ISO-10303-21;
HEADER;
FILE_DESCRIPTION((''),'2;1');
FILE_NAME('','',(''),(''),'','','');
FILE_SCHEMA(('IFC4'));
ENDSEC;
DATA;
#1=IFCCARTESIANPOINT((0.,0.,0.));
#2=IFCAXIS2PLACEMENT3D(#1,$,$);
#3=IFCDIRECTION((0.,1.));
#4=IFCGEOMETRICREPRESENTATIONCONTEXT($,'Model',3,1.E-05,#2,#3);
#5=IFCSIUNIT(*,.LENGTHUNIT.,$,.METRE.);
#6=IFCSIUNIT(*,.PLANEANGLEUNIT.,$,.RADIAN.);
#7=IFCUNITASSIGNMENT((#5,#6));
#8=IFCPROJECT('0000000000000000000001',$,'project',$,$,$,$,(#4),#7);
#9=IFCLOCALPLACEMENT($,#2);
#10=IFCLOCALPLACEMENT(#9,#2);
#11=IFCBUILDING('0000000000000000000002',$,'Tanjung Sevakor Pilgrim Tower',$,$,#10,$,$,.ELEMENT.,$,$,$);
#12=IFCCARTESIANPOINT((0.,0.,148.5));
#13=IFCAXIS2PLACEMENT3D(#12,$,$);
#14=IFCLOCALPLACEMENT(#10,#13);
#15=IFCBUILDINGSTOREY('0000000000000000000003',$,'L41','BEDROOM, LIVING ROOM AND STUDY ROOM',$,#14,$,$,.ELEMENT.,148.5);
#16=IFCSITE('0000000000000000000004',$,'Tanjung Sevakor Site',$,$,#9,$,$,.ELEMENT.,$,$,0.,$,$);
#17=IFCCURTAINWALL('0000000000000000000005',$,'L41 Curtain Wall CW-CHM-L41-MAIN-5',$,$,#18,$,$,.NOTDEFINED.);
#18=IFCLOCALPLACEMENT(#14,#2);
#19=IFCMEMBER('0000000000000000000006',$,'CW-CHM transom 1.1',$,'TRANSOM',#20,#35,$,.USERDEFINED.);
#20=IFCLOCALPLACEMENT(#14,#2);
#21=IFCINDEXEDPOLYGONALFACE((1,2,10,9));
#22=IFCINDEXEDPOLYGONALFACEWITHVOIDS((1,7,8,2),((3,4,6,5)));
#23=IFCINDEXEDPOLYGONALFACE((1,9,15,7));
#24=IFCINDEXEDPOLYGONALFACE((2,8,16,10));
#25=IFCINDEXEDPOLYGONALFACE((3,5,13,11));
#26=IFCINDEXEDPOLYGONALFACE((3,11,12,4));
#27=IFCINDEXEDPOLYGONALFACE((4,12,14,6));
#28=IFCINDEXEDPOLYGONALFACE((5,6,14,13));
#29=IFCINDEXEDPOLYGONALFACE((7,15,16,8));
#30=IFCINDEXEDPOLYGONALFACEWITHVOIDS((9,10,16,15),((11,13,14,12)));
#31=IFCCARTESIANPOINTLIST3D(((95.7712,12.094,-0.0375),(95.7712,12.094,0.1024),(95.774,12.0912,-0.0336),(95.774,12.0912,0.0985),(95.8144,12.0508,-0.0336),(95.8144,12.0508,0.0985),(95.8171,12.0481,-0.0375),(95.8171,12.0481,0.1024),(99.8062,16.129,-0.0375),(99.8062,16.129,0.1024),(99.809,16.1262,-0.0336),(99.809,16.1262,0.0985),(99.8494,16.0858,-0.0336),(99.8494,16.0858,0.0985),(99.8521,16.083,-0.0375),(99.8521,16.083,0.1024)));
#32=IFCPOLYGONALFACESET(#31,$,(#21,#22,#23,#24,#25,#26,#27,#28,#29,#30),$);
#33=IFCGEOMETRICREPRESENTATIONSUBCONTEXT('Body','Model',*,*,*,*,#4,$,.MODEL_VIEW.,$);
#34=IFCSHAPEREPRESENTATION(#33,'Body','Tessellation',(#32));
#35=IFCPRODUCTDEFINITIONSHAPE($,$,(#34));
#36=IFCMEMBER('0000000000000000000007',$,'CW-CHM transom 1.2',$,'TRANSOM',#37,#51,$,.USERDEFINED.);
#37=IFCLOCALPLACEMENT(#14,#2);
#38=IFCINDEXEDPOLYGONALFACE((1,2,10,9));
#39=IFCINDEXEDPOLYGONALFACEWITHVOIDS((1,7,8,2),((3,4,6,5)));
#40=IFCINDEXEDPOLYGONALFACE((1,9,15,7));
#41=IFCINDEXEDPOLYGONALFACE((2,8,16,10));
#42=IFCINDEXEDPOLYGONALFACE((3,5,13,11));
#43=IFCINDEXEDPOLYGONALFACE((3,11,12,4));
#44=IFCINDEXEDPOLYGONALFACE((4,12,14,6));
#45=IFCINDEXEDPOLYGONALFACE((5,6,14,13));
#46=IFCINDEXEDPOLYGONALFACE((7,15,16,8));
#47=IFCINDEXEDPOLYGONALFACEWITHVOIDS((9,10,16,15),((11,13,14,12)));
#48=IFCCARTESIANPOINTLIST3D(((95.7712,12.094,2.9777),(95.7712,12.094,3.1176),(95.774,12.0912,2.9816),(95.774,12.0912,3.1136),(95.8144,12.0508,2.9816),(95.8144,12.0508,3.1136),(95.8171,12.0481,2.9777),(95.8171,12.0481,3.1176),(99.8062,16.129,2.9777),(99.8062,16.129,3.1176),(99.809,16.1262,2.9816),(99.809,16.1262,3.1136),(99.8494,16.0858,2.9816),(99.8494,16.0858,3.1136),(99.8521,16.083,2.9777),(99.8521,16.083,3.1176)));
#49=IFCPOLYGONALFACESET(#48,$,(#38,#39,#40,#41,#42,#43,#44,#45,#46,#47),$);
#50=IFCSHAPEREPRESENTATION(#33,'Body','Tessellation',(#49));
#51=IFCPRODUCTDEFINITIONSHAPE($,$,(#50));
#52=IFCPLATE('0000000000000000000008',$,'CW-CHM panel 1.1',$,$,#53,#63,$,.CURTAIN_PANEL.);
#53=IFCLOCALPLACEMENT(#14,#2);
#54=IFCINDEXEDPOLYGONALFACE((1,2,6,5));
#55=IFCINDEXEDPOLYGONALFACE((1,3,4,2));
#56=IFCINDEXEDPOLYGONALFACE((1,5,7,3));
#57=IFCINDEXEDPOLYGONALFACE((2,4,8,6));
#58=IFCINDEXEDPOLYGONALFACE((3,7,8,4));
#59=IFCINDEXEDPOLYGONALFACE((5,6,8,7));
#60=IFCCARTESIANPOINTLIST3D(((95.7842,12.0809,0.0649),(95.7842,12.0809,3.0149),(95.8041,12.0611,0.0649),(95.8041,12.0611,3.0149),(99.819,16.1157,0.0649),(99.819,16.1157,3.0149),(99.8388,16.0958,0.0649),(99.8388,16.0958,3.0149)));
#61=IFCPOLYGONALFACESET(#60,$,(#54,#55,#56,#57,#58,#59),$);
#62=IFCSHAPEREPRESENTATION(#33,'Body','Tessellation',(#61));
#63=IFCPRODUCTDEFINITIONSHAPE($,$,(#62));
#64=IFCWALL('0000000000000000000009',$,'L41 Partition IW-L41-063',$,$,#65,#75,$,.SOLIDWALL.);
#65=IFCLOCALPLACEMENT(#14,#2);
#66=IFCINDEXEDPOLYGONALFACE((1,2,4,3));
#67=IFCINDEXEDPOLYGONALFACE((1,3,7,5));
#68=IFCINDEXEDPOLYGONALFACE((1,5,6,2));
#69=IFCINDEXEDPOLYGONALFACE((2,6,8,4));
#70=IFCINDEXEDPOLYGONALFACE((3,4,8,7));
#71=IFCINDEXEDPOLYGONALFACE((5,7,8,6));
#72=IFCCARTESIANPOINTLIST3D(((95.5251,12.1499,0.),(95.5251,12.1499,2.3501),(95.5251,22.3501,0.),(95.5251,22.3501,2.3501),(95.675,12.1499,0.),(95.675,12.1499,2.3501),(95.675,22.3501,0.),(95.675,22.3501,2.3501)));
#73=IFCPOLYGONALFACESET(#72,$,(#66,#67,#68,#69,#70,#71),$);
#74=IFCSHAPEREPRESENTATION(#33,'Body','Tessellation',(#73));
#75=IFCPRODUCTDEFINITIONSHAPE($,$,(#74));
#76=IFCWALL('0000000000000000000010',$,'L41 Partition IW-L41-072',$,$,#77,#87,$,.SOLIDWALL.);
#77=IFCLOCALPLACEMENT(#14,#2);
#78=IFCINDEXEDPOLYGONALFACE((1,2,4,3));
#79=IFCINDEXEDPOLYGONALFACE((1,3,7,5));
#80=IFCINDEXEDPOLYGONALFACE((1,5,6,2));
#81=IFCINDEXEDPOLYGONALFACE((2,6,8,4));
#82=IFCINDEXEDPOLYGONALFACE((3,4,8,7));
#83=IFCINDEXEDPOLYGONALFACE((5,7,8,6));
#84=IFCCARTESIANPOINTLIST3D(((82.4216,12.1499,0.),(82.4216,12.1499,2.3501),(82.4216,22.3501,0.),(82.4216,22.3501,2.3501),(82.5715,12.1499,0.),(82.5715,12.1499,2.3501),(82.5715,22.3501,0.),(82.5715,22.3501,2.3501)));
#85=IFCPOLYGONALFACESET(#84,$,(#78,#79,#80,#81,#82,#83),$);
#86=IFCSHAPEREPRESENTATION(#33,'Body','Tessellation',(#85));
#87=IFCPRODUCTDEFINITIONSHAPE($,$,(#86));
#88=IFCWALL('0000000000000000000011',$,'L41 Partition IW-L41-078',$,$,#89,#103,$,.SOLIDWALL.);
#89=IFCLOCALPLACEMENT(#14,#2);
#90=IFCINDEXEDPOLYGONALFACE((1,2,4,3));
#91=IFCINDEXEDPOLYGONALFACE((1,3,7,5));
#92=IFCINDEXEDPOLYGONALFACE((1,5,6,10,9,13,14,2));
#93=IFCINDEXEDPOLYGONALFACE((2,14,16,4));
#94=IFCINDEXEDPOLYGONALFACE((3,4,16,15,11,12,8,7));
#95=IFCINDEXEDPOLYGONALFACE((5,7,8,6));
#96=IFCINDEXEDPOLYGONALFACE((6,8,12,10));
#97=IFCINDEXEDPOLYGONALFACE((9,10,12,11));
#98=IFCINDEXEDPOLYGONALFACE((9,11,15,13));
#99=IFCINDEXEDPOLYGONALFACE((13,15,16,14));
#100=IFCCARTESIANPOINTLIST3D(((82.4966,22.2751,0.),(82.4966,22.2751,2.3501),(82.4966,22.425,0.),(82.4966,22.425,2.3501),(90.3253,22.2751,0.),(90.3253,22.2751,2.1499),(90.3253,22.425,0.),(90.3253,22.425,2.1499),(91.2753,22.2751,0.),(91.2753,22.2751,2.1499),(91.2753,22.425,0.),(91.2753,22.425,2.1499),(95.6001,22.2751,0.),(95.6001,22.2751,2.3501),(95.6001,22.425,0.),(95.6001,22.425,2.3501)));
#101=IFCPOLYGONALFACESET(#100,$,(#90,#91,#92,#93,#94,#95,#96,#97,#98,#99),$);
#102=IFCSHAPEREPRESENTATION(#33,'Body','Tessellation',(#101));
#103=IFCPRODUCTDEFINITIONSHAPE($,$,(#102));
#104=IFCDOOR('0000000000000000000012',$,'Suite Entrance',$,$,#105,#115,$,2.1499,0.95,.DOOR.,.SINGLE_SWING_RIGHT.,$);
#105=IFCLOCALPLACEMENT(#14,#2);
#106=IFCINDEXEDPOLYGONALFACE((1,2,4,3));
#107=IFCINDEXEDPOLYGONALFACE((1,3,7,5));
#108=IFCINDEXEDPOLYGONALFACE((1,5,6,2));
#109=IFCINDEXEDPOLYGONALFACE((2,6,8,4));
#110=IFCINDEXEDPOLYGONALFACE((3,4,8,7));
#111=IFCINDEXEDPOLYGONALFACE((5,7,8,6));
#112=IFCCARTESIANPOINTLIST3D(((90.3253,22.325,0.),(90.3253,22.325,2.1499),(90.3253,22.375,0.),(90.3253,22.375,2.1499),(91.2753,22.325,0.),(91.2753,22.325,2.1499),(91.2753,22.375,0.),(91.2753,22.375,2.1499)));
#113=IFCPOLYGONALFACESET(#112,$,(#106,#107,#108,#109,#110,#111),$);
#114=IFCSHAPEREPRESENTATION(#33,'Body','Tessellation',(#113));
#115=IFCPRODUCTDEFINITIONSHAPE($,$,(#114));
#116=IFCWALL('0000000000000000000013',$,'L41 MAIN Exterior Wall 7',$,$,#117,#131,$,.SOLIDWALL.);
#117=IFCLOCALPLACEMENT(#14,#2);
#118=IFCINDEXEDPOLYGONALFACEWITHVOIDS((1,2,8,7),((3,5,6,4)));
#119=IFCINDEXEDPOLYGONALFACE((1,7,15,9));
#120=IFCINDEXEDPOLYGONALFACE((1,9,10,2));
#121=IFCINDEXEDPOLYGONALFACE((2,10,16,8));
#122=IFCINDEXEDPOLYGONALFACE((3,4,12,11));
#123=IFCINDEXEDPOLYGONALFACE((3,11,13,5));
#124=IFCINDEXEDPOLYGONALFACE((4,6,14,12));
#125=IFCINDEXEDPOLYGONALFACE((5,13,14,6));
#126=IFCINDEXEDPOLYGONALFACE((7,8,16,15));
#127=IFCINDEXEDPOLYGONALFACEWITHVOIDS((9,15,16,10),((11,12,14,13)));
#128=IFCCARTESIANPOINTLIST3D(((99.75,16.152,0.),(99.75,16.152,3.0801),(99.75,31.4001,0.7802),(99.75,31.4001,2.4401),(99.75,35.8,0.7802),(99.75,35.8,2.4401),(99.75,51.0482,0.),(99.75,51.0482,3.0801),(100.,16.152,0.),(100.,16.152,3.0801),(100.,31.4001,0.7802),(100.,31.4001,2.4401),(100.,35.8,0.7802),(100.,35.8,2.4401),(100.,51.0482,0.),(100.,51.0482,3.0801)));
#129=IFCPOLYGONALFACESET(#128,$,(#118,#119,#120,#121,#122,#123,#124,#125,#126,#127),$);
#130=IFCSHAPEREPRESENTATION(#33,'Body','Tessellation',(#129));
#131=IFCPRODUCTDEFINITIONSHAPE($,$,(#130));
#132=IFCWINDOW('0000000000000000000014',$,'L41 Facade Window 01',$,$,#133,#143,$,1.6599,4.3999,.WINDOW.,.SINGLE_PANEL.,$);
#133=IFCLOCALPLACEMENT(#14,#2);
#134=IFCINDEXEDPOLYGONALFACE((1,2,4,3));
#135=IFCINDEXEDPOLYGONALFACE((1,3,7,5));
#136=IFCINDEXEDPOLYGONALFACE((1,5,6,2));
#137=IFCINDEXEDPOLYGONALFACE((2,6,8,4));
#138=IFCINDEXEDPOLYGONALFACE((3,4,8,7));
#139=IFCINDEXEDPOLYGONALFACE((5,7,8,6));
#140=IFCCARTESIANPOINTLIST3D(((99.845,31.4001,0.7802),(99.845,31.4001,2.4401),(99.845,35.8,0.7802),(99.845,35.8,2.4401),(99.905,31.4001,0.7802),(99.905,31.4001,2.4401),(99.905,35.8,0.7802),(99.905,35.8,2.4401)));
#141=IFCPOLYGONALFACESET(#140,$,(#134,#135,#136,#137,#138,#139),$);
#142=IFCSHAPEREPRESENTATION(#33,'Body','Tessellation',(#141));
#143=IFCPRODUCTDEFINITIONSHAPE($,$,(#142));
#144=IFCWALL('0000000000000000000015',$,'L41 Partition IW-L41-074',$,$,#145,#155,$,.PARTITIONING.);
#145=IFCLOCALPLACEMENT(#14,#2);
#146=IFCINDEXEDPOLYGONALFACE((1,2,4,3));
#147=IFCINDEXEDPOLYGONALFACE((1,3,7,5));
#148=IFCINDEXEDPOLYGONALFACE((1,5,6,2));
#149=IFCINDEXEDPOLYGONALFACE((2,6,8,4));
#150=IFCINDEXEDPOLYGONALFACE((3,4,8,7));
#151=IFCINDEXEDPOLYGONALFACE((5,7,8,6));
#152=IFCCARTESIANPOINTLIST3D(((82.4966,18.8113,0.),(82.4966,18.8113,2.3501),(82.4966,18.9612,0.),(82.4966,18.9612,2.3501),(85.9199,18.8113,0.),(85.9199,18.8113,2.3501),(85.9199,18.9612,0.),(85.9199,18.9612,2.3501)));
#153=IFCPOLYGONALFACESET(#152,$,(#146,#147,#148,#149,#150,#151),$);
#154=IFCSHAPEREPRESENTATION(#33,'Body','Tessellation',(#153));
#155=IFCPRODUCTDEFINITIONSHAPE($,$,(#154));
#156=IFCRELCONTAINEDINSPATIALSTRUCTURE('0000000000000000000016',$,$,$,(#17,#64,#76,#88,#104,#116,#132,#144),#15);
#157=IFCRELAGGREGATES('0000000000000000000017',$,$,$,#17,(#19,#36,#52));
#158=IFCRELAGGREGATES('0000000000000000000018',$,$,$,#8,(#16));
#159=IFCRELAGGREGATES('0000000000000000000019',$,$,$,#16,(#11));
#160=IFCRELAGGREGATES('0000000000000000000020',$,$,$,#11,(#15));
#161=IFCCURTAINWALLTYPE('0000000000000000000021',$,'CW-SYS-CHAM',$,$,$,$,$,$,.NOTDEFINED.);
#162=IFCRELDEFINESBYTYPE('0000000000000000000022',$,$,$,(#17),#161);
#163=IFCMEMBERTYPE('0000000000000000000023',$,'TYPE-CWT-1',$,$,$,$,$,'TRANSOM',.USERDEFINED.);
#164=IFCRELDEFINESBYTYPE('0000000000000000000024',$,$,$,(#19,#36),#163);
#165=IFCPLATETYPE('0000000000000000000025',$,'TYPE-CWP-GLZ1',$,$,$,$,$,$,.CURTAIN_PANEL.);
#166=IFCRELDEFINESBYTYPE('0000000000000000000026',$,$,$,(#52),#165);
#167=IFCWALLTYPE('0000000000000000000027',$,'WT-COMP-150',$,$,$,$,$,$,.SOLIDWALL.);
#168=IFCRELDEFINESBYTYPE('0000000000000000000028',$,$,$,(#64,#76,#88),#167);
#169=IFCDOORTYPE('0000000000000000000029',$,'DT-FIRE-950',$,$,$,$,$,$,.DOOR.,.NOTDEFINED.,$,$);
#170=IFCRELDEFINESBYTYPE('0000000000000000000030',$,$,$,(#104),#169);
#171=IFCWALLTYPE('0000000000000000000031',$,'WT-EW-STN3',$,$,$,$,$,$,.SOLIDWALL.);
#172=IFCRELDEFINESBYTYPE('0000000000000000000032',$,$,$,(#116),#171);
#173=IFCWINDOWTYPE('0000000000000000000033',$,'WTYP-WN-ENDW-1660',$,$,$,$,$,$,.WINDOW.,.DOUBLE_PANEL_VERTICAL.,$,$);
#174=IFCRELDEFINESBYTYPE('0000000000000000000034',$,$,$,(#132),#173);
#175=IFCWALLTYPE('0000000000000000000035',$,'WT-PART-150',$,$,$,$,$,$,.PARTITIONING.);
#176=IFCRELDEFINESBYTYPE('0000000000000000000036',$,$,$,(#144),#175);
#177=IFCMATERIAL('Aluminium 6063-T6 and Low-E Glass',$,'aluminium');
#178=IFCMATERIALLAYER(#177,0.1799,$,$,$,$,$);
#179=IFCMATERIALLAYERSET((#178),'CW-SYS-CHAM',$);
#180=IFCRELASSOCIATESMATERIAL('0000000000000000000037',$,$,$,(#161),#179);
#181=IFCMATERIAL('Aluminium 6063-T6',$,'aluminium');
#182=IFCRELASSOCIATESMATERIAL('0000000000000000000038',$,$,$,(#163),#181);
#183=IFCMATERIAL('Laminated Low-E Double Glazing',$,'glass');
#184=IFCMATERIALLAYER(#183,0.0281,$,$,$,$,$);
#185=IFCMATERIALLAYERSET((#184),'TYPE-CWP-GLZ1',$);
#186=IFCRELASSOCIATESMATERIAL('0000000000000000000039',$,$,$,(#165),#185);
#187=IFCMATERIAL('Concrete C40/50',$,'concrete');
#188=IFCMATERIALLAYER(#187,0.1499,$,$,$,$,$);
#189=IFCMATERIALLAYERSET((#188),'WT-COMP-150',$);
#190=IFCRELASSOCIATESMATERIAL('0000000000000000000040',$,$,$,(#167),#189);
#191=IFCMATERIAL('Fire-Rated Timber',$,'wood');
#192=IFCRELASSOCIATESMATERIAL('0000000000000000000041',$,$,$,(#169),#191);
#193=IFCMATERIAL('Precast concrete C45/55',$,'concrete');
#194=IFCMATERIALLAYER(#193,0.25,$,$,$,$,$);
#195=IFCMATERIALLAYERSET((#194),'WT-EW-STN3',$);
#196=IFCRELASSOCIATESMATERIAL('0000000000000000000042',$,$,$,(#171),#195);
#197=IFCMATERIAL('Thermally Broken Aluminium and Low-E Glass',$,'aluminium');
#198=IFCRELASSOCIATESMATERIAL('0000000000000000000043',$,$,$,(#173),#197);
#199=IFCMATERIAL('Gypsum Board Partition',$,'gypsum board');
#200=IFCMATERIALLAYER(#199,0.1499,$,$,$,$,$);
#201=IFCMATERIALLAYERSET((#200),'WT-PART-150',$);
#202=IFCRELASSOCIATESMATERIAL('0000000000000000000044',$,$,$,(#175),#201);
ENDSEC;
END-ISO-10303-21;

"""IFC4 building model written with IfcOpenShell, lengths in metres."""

from ifc_helpers import new_model, si_unit, direction, frame, frame_2d, origin, origin_2d, place, context, subcontext, project, spatial, rectangle, hollow_rectangle, extrude, material, layer, layer_set, material_profile, profile_set, type_object, element, fill, aggregate, save


model = new_model("IFC4")

# Units and contexts
model_context = context("Model", 3, precision=1e-05, world=origin(), true_north=direction((0.0, 1.0)))
body_context = subcontext(model_context, "Body", "Model", "MODEL_VIEW")
ifc_project = project(units=[si_unit("LENGTHUNIT", "METRE"), si_unit("PLANEANGLEUNIT", "RADIAN")], contexts=[model_context])

# Site, building, storey
site_placement = place(None, origin())
site = spatial("IfcSite", under=ifc_project, at=site_placement, Name="Tanjung Sevakor Site", CompositionType="ELEMENT", RefElevation=0.0)
building_placement = place(site_placement, origin())
building = spatial("IfcBuilding", under=site, at=building_placement, Name="Tanjung Sevakor Pilgrim Tower", CompositionType="ELEMENT")
storey_placement = place(building_placement, frame((0.0, 0.0, 148.5)))
storey = spatial("IfcBuildingStorey", under=building, at=storey_placement, Name="L41", Description="BEDROOM, LIVING ROOM AND STUDY ROOM", CompositionType="ELEMENT", Elevation=148.5)

# Curtain wall, members, plate
ifc_material_1 = material(Name="Aluminium 6063-T6 and Low-E Glass", Category="aluminium")
ifc_layer_1 = layer(ifc_material_1, 0.1799)
ifc_layer_set_1 = layer_set([ifc_layer_1], Name="CW-SYS-CHAM")
curtain_wall_type = type_object("IfcCurtainWallType", Name="CW-SYS-CHAM", PredefinedType="NOTDEFINED", material=ifc_layer_set_1)
curtain_wall_placement = place(storey_placement, origin())
curtain_wall = element("IfcCurtainWall", 1, at=curtain_wall_placement, inside=storey, type_object=curtain_wall_type, Name="L41 Curtain Wall CW-CHM-L41-MAIN-5", PredefinedType="NOTDEFINED")
ifc_material_2 = material(Name="Aluminium 6063-T6", Category="aluminium")
ifc_material_profile_1 = material_profile(ifc_material_2, hollow_rectangle(XDim=0.0649, YDim=0.1399, WallThickness=0.0039, at=origin_2d()))
ifc_profile_set_1 = profile_set([ifc_material_profile_1], Name="Aluminium 6063-T6")
member_type_1 = type_object("IfcMemberType", Name="TYPE-CWT-1", ElementType="TRANSOM", PredefinedType="USERDEFINED", material=ifc_profile_set_1)
member_1_placement = place(storey_placement, frame((95.7942, 12.071, 0.0325), z_axis=(0.707107, 0.707107, 0.0), x_axis=(-0.707107, 0.707107, 0.0)))
member_1 = element("IfcMember", 2, at=member_1_placement, type_object=member_type_1, Name="CW-CHM transom 1.1", ObjectType="TRANSOM", PredefinedType="USERDEFINED", context=body_context, shape_type="SweptSolid", body=[
    extrude(hollow_rectangle(XDim=0.0649, YDim=0.1399, WallThickness=0.0039, at=origin_2d()), origin(), (0.0, 0.0, 1.0), 5.7063),
])
member_2_placement = place(storey_placement, frame((95.7942, 12.071, 3.0476), z_axis=(0.707107, 0.707107, 0.0), x_axis=(-0.707107, 0.707107, 0.0)))
member_2 = element("IfcMember", 3, at=member_2_placement, type_object=member_type_1, Name="CW-CHM transom 1.2", ObjectType="TRANSOM", PredefinedType="USERDEFINED", context=body_context, shape_type="SweptSolid", body=[
    extrude(hollow_rectangle(XDim=0.0649, YDim=0.1399, WallThickness=0.0039, at=origin_2d()), origin(), (0.0, 0.0, 1.0), 5.7063),
])
ifc_material_3 = material(Name="Laminated Low-E Double Glazing", Category="glass")
ifc_layer_2 = layer(ifc_material_3, 0.0281)
ifc_layer_set_2 = layer_set([ifc_layer_2], Name="TYPE-CWP-GLZ1")
plate_type = type_object("IfcPlateType", Name="TYPE-CWP-GLZ1", PredefinedType="CURTAIN_PANEL", material=ifc_layer_set_2)
plate_placement = place(storey_placement, frame((97.8115, 14.0884, 0.0649), z_axis=(0.0, 0.0, 1.0), x_axis=(0.707107, 0.707107, 0.0)))
plate = element("IfcPlate", 4, at=plate_placement, type_object=plate_type, Name="CW-CHM panel 1.1", PredefinedType="CURTAIN_PANEL", context=body_context, shape_type="SweptSolid", body=[
    extrude(rectangle(XDim=5.7061, YDim=0.0281, at=origin_2d()), origin(), (0.0, 0.0, 1.0), 2.95),
])
aggregate(curtain_wall, [member_1, member_2, plate])

# Walls
ifc_material_4 = material(Name="Concrete C40/50", Category="concrete")
ifc_layer_3 = layer(ifc_material_4, 0.1499)
ifc_layer_set_3 = layer_set([ifc_layer_3], Name="WT-COMP-150")
wall_type_1 = type_object("IfcWallType", Name="WT-COMP-150", PredefinedType="SOLIDWALL", material=ifc_layer_set_3)
for number, where, z_axis, x_axis, name in (
    (5, (95.6001, 12.1499, 0.0), (0.0, 0.0, 1.0), (0.0, 1.0, 0.0), "L41 Partition IW-L41-063"),
    (6, (82.4966, 12.1499, 0.0), (0.0, 0.0, 1.0), (0.0, 1.0, 0.0), "L41 Partition IW-L41-072"),
):
    element("IfcWall", number, at=place(storey_placement, frame(where, z_axis=z_axis, x_axis=x_axis)), inside=storey, type_object=wall_type_1, Name=name, PredefinedType="SOLIDWALL", context=body_context, shape_type="SweptSolid", body=[
        extrude(rectangle(XDim=10.2002, YDim=0.1499, at=frame_2d((5.1001, 0.0))), origin(), (0.0, 0.0, 1.0), 2.3501),
    ])

# Wall, opening, door
wall_1_placement = place(storey_placement, frame((82.4966, 22.3501, 0.0), z_axis=(0.0, 0.0, 1.0), x_axis=(1.0, 0.0, 0.0)))
wall_1 = element("IfcWall", 7, at=wall_1_placement, inside=storey, type_object=wall_type_1, Name="L41 Partition IW-L41-078", PredefinedType="SOLIDWALL", context=body_context, shape_type="SweptSolid", body=[
    extrude(rectangle(XDim=13.1035, YDim=0.1499, at=frame_2d((6.5518, 0.0))), origin(), (0.0, 0.0, 1.0), 2.3501),
])
opening_1_placement = place(wall_1_placement, frame((7.8286, 0.0, 0.0)))
opening_1 = element("IfcOpeningElement", 8, at=opening_1_placement, cuts=wall_1, PredefinedType="OPENING", context=body_context, shape_type="SweptSolid", body=[
    extrude(rectangle(XDim=0.95, YDim=2.1499, at=frame_2d((0.4751, 1.075))), frame((0.0, 0.085, 0.0), z_axis=(0.0, -1.0, 0.0), x_axis=(1.0, 0.0, 0.0)), (0.0, 0.0, 1.0), 0.1699),
])
ifc_material_5 = material(Name="Fire-Rated Timber", Category="wood")
door_type_1 = type_object("IfcDoorType", Name="DT-FIRE-950", OperationType="NOTDEFINED", PredefinedType="DOOR", material=ifc_material_5)
door_1_placement = place(opening_1_placement, origin())
door_1 = element("IfcDoor", 9, at=door_1_placement, inside=storey, type_object=door_type_1, Name="Suite Entrance", OperationType="SINGLE_SWING_RIGHT", OverallHeight=2.1499, OverallWidth=0.95, PredefinedType="DOOR", context=body_context, shape_type="SweptSolid", body=[
    extrude(rectangle(XDim=0.95, YDim=2.1499, at=frame_2d((0.4751, 1.075))), frame((0.0, 0.0249, 0.0), z_axis=(0.0, -1.0, 0.0), x_axis=(1.0, 0.0, 0.0)), (0.0, 0.0, 1.0), 0.05),
])
fill(opening_1, door_1)

# Wall, opening, window
ifc_material_6 = material(Name="Precast concrete C45/55", Category="concrete")
ifc_layer_4 = layer(ifc_material_6, 0.25)
ifc_layer_set_4 = layer_set([ifc_layer_4], Name="WT-EW-STN3")
wall_type_2 = type_object("IfcWallType", Name="WT-EW-STN3", PredefinedType="SOLIDWALL", material=ifc_layer_set_4)
wall_2_placement = place(storey_placement, frame((99.875, 16.1519, 0.0), z_axis=(0.0, 0.0, 1.0), x_axis=(0.0, 1.0, 0.0)))
wall_2 = element("IfcWall", 10, at=wall_2_placement, inside=storey, type_object=wall_type_2, Name="L41 MAIN Exterior Wall 7", PredefinedType="SOLIDWALL", context=body_context, shape_type="SweptSolid", body=[
    extrude(rectangle(XDim=34.8962, YDim=0.25, at=frame_2d((17.4482, 0.0))), origin(), (0.0, 0.0, 1.0), 3.0801),
])
opening_2_placement = place(wall_2_placement, frame((15.2483, 0.0, 0.78)))
opening_2 = element("IfcOpeningElement", 11, at=opening_2_placement, cuts=wall_2, PredefinedType="OPENING", context=body_context, shape_type="SweptSolid", body=[
    extrude(rectangle(XDim=4.3999, YDim=1.6599, at=frame_2d((2.2, 0.8301))), frame((0.0, 0.135, 0.0), z_axis=(0.0, -1.0, 0.0), x_axis=(1.0, 0.0, 0.0)), (0.0, 0.0, 1.0), 0.27),
])
ifc_material_7 = material(Name="Thermally Broken Aluminium and Low-E Glass", Category="aluminium")
window_type = type_object("IfcWindowType", Name="WTYP-WN-ENDW-1660", PartitioningType="DOUBLE_PANEL_VERTICAL", PredefinedType="WINDOW", material=ifc_material_7)
window_placement = place(opening_2_placement, origin())
window = element("IfcWindow", 12, at=window_placement, inside=storey, type_object=window_type, Name="L41 Facade Window 01", OverallHeight=1.6599, OverallWidth=4.3999, PartitioningType="SINGLE_PANEL", PredefinedType="WINDOW", context=body_context, shape_type="SweptSolid", body=[
    extrude(rectangle(XDim=4.3999, YDim=1.6599, at=frame_2d((2.2, 0.8301))), frame((0.0, 0.03, 0.0), z_axis=(0.0, -1.0, 0.0), x_axis=(1.0, 0.0, 0.0)), (0.0, 0.0, 1.0), 0.0601),
])
fill(opening_2, window)

# Wall
ifc_material_8 = material(Name="Gypsum Board Partition", Category="gypsum board")
ifc_layer_5 = layer(ifc_material_8, 0.1499)
ifc_layer_set_5 = layer_set([ifc_layer_5], Name="WT-PART-150")
wall_type_3 = type_object("IfcWallType", Name="WT-PART-150", PredefinedType="PARTITIONING", material=ifc_layer_set_5)
wall_3_placement = place(storey_placement, frame((82.4966, 18.8862, 0.0), z_axis=(0.0, 0.0, 1.0), x_axis=(1.0, 0.0, 0.0)))
element("IfcWall", 13, at=wall_3_placement, inside=storey, type_object=wall_type_3, Name="L41 Partition IW-L41-074", PredefinedType="PARTITIONING", context=body_context, shape_type="SweptSolid", body=[
    extrude(rectangle(XDim=3.4233, YDim=0.1499, at=frame_2d((1.7117, 0.0))), origin(), (0.0, 0.0, 1.0), 2.3501),
])

save(model, "model.ifc")
